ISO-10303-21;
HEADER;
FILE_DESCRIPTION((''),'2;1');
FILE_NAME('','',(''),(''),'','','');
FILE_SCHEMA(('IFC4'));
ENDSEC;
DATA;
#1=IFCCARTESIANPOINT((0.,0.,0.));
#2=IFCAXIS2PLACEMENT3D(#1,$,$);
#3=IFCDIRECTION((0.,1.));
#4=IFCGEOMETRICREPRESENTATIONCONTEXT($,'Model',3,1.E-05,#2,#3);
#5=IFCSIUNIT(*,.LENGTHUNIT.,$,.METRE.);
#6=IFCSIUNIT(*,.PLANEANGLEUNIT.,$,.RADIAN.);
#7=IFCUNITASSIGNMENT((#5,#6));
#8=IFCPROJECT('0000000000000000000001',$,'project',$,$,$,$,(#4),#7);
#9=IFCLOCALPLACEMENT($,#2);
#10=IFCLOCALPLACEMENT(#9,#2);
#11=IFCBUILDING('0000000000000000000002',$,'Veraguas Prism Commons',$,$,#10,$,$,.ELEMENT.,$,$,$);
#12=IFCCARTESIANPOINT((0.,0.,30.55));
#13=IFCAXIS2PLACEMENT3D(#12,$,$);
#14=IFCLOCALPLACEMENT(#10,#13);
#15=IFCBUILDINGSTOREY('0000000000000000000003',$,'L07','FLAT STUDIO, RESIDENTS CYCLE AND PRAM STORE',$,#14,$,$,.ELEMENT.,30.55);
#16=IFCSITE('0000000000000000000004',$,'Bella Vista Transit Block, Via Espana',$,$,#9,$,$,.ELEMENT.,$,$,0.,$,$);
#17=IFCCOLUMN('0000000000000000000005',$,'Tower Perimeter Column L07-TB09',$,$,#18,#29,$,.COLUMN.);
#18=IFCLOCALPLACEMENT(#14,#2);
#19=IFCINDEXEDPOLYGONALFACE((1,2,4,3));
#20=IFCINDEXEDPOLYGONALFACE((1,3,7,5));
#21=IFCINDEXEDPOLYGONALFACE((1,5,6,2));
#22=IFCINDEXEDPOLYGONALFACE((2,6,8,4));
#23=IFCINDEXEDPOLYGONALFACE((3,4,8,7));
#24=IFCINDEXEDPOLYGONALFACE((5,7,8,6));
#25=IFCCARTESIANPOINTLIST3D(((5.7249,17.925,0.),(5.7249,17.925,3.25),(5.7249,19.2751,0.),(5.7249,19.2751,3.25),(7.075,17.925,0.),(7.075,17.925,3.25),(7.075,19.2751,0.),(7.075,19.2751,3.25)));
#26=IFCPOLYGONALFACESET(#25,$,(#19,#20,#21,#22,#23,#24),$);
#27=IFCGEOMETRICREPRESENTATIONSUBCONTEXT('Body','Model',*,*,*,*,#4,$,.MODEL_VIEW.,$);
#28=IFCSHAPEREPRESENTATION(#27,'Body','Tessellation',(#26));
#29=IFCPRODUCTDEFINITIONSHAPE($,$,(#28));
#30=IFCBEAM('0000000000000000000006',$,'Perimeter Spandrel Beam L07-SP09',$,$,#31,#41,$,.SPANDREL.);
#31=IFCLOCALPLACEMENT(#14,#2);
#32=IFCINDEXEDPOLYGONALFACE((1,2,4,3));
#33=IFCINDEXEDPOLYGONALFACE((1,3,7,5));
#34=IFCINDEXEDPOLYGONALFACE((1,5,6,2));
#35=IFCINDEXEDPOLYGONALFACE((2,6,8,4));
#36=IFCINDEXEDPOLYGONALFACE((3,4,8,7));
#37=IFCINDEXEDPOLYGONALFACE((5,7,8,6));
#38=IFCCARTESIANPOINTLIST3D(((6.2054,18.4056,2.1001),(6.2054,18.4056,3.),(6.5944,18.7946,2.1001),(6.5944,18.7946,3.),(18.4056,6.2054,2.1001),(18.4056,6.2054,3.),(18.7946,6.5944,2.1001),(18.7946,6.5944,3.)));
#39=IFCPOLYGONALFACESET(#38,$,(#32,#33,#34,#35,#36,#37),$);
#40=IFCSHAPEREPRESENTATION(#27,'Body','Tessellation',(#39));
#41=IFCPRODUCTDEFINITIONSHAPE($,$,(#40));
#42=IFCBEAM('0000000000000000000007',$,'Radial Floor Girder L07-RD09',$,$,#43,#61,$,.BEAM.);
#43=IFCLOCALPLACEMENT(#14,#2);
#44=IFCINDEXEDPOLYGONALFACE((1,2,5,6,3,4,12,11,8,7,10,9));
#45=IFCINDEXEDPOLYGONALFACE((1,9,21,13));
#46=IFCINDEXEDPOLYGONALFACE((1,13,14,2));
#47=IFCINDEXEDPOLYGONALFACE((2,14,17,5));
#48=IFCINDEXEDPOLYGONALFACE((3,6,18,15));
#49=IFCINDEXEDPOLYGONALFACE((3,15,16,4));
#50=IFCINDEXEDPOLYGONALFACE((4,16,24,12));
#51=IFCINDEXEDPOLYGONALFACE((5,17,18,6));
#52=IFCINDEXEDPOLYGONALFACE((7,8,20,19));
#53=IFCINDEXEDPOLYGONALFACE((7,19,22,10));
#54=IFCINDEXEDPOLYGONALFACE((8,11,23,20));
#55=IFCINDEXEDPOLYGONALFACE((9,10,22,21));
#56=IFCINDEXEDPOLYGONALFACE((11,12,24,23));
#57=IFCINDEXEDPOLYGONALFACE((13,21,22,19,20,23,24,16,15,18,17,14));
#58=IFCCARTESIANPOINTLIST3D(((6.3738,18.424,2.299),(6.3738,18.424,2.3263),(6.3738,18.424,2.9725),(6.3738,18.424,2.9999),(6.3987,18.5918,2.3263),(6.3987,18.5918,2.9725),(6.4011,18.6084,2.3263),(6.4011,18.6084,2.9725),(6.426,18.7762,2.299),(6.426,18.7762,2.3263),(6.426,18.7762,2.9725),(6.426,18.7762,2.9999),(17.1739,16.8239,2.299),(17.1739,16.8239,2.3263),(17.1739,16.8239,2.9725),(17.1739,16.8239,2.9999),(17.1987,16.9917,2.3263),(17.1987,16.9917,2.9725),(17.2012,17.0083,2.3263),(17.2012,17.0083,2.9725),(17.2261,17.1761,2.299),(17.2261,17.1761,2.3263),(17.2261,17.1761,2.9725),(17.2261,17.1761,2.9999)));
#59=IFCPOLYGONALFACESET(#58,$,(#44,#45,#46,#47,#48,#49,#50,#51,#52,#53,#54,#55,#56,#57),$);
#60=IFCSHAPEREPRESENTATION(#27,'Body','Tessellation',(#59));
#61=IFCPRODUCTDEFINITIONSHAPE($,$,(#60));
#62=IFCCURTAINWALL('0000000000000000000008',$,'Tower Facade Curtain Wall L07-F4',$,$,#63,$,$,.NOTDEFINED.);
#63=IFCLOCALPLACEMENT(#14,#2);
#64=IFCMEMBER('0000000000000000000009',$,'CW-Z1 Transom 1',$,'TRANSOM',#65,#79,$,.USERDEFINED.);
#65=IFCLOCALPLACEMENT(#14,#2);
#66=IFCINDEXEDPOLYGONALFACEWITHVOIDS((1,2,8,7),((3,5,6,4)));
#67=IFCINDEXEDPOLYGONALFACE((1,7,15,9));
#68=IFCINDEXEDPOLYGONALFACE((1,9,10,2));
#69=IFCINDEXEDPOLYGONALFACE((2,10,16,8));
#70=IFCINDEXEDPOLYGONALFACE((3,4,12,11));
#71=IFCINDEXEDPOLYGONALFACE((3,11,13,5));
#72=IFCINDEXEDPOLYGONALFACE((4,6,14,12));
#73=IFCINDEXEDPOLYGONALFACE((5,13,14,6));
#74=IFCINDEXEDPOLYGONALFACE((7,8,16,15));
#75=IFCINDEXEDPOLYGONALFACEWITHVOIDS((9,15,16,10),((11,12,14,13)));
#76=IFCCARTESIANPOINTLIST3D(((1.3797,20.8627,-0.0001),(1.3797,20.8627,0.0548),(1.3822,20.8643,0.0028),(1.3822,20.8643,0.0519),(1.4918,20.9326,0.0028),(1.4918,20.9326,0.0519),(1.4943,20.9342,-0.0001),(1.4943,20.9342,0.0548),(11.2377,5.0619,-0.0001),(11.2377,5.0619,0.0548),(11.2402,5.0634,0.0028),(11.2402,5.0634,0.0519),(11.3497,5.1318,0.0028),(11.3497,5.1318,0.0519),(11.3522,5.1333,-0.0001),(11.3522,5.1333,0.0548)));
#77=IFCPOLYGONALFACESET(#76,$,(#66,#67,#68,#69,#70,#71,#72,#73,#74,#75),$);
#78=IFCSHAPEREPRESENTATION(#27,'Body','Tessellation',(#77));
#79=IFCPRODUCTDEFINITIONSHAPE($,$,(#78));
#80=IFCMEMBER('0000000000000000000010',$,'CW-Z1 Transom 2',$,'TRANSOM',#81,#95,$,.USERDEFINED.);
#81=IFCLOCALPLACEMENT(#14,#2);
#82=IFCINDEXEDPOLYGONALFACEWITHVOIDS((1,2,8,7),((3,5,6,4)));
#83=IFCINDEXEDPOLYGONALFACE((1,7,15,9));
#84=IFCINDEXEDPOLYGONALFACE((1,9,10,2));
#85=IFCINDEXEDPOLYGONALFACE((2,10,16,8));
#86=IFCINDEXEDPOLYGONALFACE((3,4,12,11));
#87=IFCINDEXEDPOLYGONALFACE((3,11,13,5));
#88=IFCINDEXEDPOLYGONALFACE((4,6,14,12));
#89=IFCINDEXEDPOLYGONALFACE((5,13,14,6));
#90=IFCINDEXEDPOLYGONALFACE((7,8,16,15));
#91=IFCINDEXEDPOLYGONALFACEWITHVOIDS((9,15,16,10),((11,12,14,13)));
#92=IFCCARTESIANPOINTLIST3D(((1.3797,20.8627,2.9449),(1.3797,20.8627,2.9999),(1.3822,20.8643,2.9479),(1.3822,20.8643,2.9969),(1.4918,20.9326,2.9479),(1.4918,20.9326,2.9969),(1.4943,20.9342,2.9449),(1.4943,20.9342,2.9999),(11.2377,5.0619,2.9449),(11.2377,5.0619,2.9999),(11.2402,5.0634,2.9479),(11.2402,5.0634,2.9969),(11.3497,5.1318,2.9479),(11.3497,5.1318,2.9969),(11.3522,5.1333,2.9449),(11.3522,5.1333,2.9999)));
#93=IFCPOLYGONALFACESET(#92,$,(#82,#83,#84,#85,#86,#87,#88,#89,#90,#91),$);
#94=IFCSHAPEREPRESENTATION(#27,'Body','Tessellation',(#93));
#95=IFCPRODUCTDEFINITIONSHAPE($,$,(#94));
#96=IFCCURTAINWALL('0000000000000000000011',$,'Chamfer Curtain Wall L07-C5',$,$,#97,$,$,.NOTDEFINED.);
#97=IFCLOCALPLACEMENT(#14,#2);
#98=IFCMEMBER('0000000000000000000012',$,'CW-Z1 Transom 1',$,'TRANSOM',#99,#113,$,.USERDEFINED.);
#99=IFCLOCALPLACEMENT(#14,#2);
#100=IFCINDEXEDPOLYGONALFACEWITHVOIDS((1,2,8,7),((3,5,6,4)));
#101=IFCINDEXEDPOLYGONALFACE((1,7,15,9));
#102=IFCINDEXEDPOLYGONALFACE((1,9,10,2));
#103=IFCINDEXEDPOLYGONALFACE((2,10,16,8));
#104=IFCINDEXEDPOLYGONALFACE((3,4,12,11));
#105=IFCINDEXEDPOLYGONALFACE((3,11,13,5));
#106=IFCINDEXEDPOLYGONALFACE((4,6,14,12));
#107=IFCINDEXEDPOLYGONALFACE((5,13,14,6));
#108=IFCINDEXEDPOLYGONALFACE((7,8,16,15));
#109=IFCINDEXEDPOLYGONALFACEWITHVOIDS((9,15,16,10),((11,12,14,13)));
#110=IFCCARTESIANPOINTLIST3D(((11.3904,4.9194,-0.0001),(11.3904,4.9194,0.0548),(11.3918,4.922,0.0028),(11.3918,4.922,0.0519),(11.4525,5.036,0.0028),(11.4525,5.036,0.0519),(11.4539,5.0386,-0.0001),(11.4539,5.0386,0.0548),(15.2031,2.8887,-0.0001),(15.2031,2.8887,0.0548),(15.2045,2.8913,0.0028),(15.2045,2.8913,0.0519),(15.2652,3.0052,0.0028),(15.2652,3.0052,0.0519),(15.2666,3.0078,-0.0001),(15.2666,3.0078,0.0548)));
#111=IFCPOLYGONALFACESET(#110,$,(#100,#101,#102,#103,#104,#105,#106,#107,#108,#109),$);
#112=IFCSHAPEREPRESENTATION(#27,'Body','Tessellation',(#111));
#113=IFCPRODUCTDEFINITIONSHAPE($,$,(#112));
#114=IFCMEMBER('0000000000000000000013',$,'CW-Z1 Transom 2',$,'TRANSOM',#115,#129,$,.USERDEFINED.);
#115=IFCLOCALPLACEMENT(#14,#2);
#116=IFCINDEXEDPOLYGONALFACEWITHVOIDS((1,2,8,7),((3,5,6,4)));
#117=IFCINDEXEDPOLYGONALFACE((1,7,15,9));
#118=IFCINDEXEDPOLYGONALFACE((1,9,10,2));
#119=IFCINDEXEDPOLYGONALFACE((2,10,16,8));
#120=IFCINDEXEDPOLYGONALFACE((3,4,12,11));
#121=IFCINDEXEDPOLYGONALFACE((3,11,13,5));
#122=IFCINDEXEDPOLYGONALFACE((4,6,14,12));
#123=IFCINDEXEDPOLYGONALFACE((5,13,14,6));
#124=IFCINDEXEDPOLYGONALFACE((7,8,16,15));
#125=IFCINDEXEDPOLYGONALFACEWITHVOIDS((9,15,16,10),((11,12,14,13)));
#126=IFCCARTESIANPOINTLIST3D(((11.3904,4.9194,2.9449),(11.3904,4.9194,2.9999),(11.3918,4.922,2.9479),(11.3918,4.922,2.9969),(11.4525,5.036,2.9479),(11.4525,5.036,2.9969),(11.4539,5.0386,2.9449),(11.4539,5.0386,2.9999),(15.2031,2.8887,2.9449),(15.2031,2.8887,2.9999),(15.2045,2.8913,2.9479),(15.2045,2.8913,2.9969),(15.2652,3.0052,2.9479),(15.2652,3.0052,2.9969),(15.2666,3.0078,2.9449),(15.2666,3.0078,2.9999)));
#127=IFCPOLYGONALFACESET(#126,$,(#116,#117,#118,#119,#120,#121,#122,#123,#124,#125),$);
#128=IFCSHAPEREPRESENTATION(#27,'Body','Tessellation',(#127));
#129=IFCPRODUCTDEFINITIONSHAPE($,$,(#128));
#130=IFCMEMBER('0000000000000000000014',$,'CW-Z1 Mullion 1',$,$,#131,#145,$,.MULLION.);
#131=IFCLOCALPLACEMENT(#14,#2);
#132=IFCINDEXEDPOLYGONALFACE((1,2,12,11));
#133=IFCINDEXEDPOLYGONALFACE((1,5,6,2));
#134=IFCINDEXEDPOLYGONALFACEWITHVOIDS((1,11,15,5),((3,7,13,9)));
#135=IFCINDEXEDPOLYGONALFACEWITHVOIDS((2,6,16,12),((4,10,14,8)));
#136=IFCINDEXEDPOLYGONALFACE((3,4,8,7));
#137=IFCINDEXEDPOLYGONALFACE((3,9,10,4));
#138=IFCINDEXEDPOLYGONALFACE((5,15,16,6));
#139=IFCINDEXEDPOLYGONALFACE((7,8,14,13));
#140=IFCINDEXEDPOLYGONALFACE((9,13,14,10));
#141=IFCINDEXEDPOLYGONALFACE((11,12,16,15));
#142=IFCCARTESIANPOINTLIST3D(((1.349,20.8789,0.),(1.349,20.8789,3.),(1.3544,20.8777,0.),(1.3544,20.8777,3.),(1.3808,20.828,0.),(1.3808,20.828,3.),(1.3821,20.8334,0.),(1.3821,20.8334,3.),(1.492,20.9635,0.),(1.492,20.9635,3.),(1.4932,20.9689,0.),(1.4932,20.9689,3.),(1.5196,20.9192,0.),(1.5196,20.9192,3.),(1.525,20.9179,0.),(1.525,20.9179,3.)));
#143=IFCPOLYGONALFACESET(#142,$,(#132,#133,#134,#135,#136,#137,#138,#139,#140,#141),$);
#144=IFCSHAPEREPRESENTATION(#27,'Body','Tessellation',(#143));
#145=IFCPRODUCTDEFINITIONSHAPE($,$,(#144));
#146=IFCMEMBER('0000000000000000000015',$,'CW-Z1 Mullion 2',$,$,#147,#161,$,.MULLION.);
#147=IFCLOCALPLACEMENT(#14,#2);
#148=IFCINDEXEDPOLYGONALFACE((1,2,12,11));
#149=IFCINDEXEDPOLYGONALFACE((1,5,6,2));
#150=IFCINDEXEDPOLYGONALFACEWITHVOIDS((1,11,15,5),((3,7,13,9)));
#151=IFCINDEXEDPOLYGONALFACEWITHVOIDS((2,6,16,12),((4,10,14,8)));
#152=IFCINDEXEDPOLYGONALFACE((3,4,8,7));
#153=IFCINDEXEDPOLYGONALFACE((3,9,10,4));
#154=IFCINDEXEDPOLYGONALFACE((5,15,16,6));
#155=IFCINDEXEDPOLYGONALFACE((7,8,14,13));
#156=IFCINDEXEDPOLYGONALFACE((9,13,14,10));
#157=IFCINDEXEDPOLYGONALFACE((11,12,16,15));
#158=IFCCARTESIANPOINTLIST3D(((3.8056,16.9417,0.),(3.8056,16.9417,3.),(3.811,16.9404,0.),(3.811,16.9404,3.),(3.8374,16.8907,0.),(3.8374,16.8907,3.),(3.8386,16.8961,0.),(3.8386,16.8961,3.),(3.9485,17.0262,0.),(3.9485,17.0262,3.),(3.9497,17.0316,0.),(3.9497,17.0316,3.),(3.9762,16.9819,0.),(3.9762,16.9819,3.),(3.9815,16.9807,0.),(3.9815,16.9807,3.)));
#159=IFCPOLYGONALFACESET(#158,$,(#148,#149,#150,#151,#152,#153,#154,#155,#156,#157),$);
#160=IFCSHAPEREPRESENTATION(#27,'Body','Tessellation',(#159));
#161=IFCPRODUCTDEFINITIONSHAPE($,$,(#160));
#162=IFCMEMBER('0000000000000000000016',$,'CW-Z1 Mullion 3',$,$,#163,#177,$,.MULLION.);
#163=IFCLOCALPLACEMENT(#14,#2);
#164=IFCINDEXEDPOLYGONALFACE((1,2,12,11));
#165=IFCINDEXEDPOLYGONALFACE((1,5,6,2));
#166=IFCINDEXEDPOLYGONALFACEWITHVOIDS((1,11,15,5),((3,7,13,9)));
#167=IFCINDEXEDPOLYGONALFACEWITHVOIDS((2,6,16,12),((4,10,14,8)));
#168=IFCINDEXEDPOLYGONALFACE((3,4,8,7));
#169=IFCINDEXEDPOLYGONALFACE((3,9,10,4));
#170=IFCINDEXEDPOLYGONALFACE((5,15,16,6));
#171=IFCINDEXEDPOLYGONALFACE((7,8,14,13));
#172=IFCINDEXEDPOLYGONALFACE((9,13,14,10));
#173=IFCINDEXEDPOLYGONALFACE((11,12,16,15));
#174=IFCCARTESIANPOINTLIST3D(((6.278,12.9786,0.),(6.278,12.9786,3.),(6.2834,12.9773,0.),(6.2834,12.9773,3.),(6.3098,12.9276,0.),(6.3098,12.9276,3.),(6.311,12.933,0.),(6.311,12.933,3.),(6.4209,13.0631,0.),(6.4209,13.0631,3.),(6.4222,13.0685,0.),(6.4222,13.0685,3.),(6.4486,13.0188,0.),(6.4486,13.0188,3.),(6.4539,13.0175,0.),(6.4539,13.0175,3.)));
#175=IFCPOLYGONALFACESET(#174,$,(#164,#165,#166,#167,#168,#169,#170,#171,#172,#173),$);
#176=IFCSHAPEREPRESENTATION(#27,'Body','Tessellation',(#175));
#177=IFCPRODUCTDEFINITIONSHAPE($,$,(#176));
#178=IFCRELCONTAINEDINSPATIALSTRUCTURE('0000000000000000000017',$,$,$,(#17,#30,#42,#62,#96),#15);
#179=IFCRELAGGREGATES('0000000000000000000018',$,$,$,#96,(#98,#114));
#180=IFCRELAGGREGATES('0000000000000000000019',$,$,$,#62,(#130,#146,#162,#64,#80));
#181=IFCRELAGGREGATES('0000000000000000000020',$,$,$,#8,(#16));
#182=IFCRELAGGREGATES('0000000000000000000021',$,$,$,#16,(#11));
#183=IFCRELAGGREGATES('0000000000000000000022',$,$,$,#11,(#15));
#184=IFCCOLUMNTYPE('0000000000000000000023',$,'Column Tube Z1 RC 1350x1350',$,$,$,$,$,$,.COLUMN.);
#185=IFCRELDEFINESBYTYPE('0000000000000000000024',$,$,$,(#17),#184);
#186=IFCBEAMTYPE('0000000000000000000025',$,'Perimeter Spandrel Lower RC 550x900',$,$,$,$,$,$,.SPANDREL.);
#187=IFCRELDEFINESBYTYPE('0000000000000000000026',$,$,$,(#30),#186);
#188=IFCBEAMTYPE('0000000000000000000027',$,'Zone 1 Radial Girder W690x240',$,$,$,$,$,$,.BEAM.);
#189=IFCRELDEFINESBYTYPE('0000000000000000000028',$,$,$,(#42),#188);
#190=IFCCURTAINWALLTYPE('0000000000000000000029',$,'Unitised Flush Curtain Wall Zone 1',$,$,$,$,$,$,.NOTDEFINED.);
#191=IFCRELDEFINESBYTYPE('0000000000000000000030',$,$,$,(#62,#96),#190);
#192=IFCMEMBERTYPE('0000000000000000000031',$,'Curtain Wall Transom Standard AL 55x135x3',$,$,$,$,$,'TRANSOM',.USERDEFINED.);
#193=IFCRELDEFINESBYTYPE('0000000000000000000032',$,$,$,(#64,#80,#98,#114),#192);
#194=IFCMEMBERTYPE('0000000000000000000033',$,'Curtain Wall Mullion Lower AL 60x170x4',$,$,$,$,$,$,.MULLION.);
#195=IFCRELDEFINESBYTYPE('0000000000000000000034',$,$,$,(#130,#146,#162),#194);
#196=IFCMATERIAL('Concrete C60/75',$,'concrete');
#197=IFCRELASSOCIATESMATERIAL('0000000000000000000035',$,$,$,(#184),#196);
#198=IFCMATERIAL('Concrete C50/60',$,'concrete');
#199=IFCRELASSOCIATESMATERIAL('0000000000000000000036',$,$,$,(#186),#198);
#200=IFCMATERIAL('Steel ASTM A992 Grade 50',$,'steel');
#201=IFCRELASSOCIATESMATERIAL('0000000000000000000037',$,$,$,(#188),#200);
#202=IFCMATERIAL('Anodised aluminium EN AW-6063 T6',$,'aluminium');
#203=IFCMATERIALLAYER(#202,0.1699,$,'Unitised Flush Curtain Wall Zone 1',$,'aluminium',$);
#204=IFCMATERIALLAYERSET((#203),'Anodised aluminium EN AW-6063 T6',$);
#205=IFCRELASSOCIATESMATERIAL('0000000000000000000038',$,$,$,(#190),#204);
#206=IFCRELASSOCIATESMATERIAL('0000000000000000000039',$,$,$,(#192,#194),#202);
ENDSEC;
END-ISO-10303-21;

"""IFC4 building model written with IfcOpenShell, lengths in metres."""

from ifc_helpers import new_model, si_unit, direction, frame, origin, origin_2d, place, context, subcontext, project, spatial, rectangle, hollow_rectangle, i_section, extrude, source, transform, mapped, material, layer, layer_set, material_profile, profile_set, type_object, element, aggregate, save


model = new_model("IFC4")

# Units and contexts
model_context = context("Model", 3, precision=1e-05, world=origin(), true_north=direction((0.0, 1.0)))
body_context = subcontext(model_context, "Body", "Model", "MODEL_VIEW")
ifc_project = project(units=[si_unit("LENGTHUNIT", "METRE"), si_unit("PLANEANGLEUNIT", "RADIAN")], contexts=[model_context])

# Site, building, storey
site_placement = place(None, origin())
site = spatial("IfcSite", under=ifc_project, at=site_placement, Name="Bella Vista Transit Block, Via Espana", CompositionType="ELEMENT", RefElevation=0.0)
building_placement = place(site_placement, origin())
building = spatial("IfcBuilding", under=site, at=building_placement, Name="Veraguas Prism Commons", CompositionType="ELEMENT")
storey_placement = place(building_placement, frame((0.0, 0.0, 30.55)))
storey = spatial("IfcBuildingStorey", under=building, at=storey_placement, Name="L07", Description="FLAT STUDIO, RESIDENTS CYCLE AND PRAM STORE", CompositionType="ELEMENT", Elevation=30.55)

# Column
ifc_material_1 = material(Name="Concrete C60/75", Category="concrete")
ifc_material_profile_1 = material_profile(ifc_material_1, rectangle(XDim=1.3501, YDim=1.3501, at=origin_2d()), Name="RC1350X1350")
ifc_profile_set_1 = profile_set([ifc_material_profile_1], Name="Concrete C60/75")
column_type = type_object("IfcColumnType", Name="Column Tube Z1 RC 1350x1350", PredefinedType="COLUMN", material=ifc_profile_set_1)
column_placement = place(storey_placement, frame((6.3999, 18.6001, 0.0), z_axis=(0.0, 0.0, 1.0), x_axis=(1.0, 0.0, 0.0)))
element("IfcColumn", 1, at=column_placement, inside=storey, type_object=column_type, Name="Tower Perimeter Column L07-TB09", PredefinedType="COLUMN", context=body_context, shape_type="SweptSolid", body=[
    extrude(rectangle(XDim=1.3501, YDim=1.3501, at=origin_2d()), origin(), (0.0, 0.0, 1.0), 3.25),
])

# Beams
ifc_material_2 = material(Name="Concrete C50/60", Category="concrete")
ifc_material_profile_2 = material_profile(ifc_material_2, rectangle(XDim=0.55, YDim=0.8999, at=origin_2d()), Name="RC550X900")
ifc_profile_set_2 = profile_set([ifc_material_profile_2], Name="Concrete C50/60")
beam_type_1 = type_object("IfcBeamType", Name="Perimeter Spandrel Lower RC 550x900", PredefinedType="SPANDREL", material=ifc_profile_set_2)
beam_1_placement = place(storey_placement, frame((6.3999, 18.6001, 2.55), z_axis=(0.707107, -0.707107, 0.0), x_axis=(0.707107, 0.707107, 0.0)))
element("IfcBeam", 2, at=beam_1_placement, inside=storey, type_object=beam_type_1, Name="Perimeter Spandrel Beam L07-SP09", PredefinedType="SPANDREL", context=body_context, shape_type="SweptSolid", body=[
    extrude(rectangle(XDim=0.55, YDim=0.8999, at=origin_2d()), origin(), (0.0, 0.0, 1.0), 17.2537),
])
ifc_material_3 = material(Name="Steel ASTM A992 Grade 50", Category="steel")
ifc_material_profile_3 = material_profile(ifc_material_3, i_section(OverallWidth=0.356, OverallDepth=0.7009, WebThickness=0.0168, FlangeThickness=0.0273, at=origin_2d()), Name="W690X240")
ifc_profile_set_3 = profile_set([ifc_material_profile_3], Name="Steel ASTM A992 Grade 50")
beam_type_2 = type_object("IfcBeamType", Name="Zone 1 Radial Girder W690x240", PredefinedType="BEAM", material=ifc_profile_set_3)
beam_2_placement = place(storey_placement, frame((6.3999, 18.6001, 2.6494), z_axis=(0.989202, -0.146557, 0.0), x_axis=(0.146557, 0.989202, 0.0)))
element("IfcBeam", 3, at=beam_2_placement, inside=storey, type_object=beam_type_2, Name="Radial Floor Girder L07-RD09", PredefinedType="BEAM", context=body_context, shape_type="SweptSolid", body=[
    extrude(i_section(OverallWidth=0.356, OverallDepth=0.7009, WebThickness=0.0168, FlangeThickness=0.0273, at=origin_2d()), origin(), (0.0, 0.0, 1.0), 10.918),
])

# Curtain walls, members
ifc_material_4 = material(Name="Anodised aluminium EN AW-6063 T6", Category="aluminium")
ifc_layer_1 = layer(ifc_material_4, 0.1699, Name="Unitised Flush Curtain Wall Zone 1", Category="aluminium")
ifc_layer_set_1 = layer_set([ifc_layer_1], Name="Anodised aluminium EN AW-6063 T6")
curtain_wall_type = type_object("IfcCurtainWallType", Name="Unitised Flush Curtain Wall Zone 1", PredefinedType="NOTDEFINED", material=ifc_layer_set_1)
curtain_wall_1_placement = place(storey_placement, origin())
curtain_wall_1 = element("IfcCurtainWall", 4, at=curtain_wall_1_placement, inside=storey, type_object=curtain_wall_type, Name="Tower Facade Curtain Wall L07-F4", PredefinedType="NOTDEFINED")
ifc_material_profile_4 = material_profile(ifc_material_4, hollow_rectangle(XDim=0.0549, YDim=0.135, WallThickness=0.0029, at=origin_2d()), Name="AL55X135X3")
ifc_profile_set_4 = profile_set([ifc_material_profile_4], Name="Anodised aluminium EN AW-6063 T6")
member_type_1 = type_object("IfcMemberType", Name="Curtain Wall Transom Standard AL 55x135x3", ElementType="TRANSOM", PredefinedType="USERDEFINED", material=ifc_profile_set_4)
shared_shape_1 = source(origin(), body_context, "Body", "SweptSolid", [
    extrude(hollow_rectangle(XDim=0.0549, YDim=0.135, WallThickness=0.0029, at=origin_2d()), origin(), (0.0, 0.0, 1.0), 18.6238),
])
member_1_placement = place(storey_placement, frame((1.437, 20.8984, 0.0273), z_axis=(0.52932, -0.848422, 0.0), x_axis=(0.0, 0.0, 1.0)))
member_1 = element("IfcMember", 5, at=member_1_placement, type_object=member_type_1, Name="CW-Z1 Transom 1", ObjectType="TRANSOM", PredefinedType="USERDEFINED", context=body_context, shape_type="MappedRepresentation", body=[
    mapped(shared_shape_1, transform((0.0, 0.0, 0.0), scale=1.0)),
])
member_2_placement = place(storey_placement, frame((1.437, 20.8984, 2.9724), z_axis=(0.52932, -0.848422, 0.0), x_axis=(0.0, 0.0, 1.0)))
member_2 = element("IfcMember", 6, at=member_2_placement, type_object=member_type_1, Name="CW-Z1 Transom 2", ObjectType="TRANSOM", PredefinedType="USERDEFINED", context=body_context, shape_type="MappedRepresentation", body=[
    mapped(shared_shape_1, transform((0.0, 0.0, 0.0), scale=1.0)),
])
curtain_wall_2_placement = place(storey_placement, origin())
curtain_wall_2 = element("IfcCurtainWall", 7, at=curtain_wall_2_placement, inside=storey, type_object=curtain_wall_type, Name="Chamfer Curtain Wall L07-C5", PredefinedType="NOTDEFINED")
shared_shape_2 = source(origin(), body_context, "Body", "SweptSolid", [
    extrude(hollow_rectangle(XDim=0.0549, YDim=0.135, WallThickness=0.0029, at=origin_2d()), origin(), (0.0, 0.0, 1.0), 4.3198),
])
member_3_placement = place(storey_placement, frame((11.4221, 4.979, 0.0273), z_axis=(0.882613, -0.470101, 0.0), x_axis=(0.0, 0.0, 1.0)))
member_3 = element("IfcMember", 8, at=member_3_placement, type_object=member_type_1, Name="CW-Z1 Transom 1", ObjectType="TRANSOM", PredefinedType="USERDEFINED", context=body_context, shape_type="MappedRepresentation", body=[
    mapped(shared_shape_2, transform((0.0, 0.0, 0.0), scale=1.0)),
])
member_4_placement = place(storey_placement, frame((11.4221, 4.979, 2.9724), z_axis=(0.882613, -0.470101, 0.0), x_axis=(0.0, 0.0, 1.0)))
member_4 = element("IfcMember", 9, at=member_4_placement, type_object=member_type_1, Name="CW-Z1 Transom 2", ObjectType="TRANSOM", PredefinedType="USERDEFINED", context=body_context, shape_type="MappedRepresentation", body=[
    mapped(shared_shape_2, transform((0.0, 0.0, 0.0), scale=1.0)),
])

# Members
ifc_material_profile_5 = material_profile(ifc_material_4, hollow_rectangle(XDim=0.0601, YDim=0.1699, WallThickness=0.0039, at=origin_2d()), Name="AL60X170X4")
ifc_profile_set_5 = profile_set([ifc_material_profile_5], Name="Anodised aluminium EN AW-6063 T6")
member_type_2 = type_object("IfcMemberType", Name="Curtain Wall Mullion Lower AL 60x170x4", PredefinedType="MULLION", material=ifc_profile_set_5)
shared_shape_3 = source(origin(), body_context, "Body", "SweptSolid", [
    extrude(hollow_rectangle(XDim=0.0601, YDim=0.1699, WallThickness=0.0039, at=origin_2d()), origin(), (0.0, 0.0, 1.0), 3.0),
])
member_5_placement = place(storey_placement, frame((1.437, 20.8984, 0.0), z_axis=(0.0, 0.0, 1.0), x_axis=(0.529324, -0.84842, 0.0)))
member_5 = element("IfcMember", 10, at=member_5_placement, type_object=member_type_2, Name="CW-Z1 Mullion 1", PredefinedType="MULLION", context=body_context, shape_type="MappedRepresentation", body=[
    mapped(shared_shape_3, transform((0.0, 0.0, 0.0), scale=1.0)),
])
member_6_placement = place(storey_placement, frame((3.8936, 16.9612, 0.0), z_axis=(0.0, 0.0, 1.0), x_axis=(0.529324, -0.84842, 0.0)))
member_6 = element("IfcMember", 11, at=member_6_placement, type_object=member_type_2, Name="CW-Z1 Mullion 2", PredefinedType="MULLION", context=body_context, shape_type="MappedRepresentation", body=[
    mapped(shared_shape_3, transform((0.0, 0.0, 0.0), scale=1.0)),
])
member_7_placement = place(storey_placement, frame((6.366, 12.998, 0.0), z_axis=(0.0, 0.0, 1.0), x_axis=(0.529324, -0.84842, 0.0)))
member_7 = element("IfcMember", 12, at=member_7_placement, type_object=member_type_2, Name="CW-Z1 Mullion 3", PredefinedType="MULLION", context=body_context, shape_type="MappedRepresentation", body=[
    mapped(shared_shape_3, transform((0.0, 0.0, 0.0), scale=1.0)),
])
aggregate(curtain_wall_2, [member_3, member_4])

aggregate(curtain_wall_1, [member_5, member_6, member_7, member_1, member_2])

save(model, "model.ifc")
